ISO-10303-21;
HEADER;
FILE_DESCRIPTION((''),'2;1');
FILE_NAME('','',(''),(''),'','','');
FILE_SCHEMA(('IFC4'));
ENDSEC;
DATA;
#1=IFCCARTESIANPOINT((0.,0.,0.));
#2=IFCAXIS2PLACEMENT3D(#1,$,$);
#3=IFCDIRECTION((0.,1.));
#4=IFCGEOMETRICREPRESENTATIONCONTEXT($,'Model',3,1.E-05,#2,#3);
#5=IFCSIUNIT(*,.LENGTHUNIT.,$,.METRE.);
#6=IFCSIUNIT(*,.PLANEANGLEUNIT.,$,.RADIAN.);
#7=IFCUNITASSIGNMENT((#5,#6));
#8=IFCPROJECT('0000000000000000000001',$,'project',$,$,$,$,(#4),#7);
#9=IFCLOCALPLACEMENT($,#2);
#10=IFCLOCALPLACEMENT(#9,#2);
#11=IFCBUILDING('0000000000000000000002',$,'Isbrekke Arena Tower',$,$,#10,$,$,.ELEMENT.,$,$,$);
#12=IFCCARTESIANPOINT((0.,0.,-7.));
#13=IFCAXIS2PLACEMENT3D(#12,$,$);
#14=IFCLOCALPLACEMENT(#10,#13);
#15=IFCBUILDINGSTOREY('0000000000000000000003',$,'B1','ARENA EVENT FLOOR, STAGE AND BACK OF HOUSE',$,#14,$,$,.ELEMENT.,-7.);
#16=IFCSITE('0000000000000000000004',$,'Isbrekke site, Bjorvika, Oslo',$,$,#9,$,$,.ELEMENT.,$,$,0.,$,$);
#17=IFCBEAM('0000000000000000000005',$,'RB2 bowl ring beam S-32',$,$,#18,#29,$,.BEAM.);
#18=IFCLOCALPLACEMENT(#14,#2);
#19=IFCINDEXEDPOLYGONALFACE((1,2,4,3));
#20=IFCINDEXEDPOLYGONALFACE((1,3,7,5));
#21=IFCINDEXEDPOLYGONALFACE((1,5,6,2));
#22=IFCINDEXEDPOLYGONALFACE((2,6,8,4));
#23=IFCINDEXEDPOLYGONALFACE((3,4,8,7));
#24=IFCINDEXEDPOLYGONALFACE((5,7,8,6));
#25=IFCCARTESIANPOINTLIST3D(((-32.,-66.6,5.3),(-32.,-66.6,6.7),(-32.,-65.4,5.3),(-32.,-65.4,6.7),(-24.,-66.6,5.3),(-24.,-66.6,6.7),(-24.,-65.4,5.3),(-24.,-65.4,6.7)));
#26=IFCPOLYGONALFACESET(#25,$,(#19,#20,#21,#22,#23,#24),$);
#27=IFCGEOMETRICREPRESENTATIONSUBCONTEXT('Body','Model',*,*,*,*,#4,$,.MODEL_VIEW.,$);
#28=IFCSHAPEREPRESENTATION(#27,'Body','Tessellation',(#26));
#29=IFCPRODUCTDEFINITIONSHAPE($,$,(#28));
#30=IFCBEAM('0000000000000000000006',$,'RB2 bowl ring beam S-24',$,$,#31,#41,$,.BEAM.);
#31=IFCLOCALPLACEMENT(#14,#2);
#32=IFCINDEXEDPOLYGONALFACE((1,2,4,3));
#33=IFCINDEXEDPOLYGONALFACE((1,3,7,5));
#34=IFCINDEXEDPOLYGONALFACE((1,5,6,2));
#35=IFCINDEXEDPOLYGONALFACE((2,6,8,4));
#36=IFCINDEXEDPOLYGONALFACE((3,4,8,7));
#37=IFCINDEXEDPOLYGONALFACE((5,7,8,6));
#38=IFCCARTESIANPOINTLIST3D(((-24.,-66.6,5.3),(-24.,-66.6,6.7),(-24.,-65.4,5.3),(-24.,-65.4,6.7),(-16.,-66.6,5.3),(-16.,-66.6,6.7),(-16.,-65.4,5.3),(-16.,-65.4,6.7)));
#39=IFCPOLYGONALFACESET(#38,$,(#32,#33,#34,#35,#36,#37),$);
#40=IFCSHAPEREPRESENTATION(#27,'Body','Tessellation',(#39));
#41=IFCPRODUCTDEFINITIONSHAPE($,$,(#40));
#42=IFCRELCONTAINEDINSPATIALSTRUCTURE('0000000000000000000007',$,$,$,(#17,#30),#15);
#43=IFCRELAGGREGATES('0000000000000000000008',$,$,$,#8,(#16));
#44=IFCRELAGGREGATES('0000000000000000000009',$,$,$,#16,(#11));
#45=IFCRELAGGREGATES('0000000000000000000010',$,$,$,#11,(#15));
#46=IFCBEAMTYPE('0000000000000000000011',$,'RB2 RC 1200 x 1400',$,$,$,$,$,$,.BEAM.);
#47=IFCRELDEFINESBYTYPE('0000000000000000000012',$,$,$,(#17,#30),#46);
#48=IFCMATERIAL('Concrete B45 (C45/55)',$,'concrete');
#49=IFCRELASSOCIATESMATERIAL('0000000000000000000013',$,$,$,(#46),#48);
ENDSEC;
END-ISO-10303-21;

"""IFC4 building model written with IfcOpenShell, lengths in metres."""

from ifc_helpers import new_model, si_unit, direction, frame, origin, origin_2d, place, context, subcontext, project, spatial, rectangle, extrude, material, material_profile, profile_set, type_object, element, save


model = new_model("IFC4")

# Units and contexts
model_context = context("Model", 3, precision=1e-05, world=origin(), true_north=direction((0.0, 1.0)))
body_context = subcontext(model_context, "Body", "Model", "MODEL_VIEW")
ifc_project = project(units=[si_unit("LENGTHUNIT", "METRE"), si_unit("PLANEANGLEUNIT", "RADIAN")], contexts=[model_context])

# Site, building, storey
site_placement = place(None, origin())
site = spatial("IfcSite", under=ifc_project, at=site_placement, Name="Isbrekke site, Bjorvika, Oslo", CompositionType="ELEMENT", RefElevation=0.0)
building_placement = place(site_placement, origin())
building = spatial("IfcBuilding", under=site, at=building_placement, Name="Isbrekke Arena Tower", CompositionType="ELEMENT")
storey_placement = place(building_placement, frame((0.0, 0.0, -7.0)))
storey = spatial("IfcBuildingStorey", under=building, at=storey_placement, Name="B1", Description="ARENA EVENT FLOOR, STAGE AND BACK OF HOUSE", CompositionType="ELEMENT", Elevation=-7.0)

# Beams
ifc_material_1 = material(Name="Concrete B45 (C45/55)", Category="concrete")
ifc_material_profile_1 = material_profile(ifc_material_1, rectangle(XDim=1.2, YDim=1.3999, at=origin_2d()), Name="RC 1200x1400")
ifc_profile_set_1 = profile_set([ifc_material_profile_1], Name="Concrete B45 (C45/55)")
beam_type_1 = type_object("IfcBeamType", Name="RB2 RC 1200 x 1400", PredefinedType="BEAM", material=ifc_profile_set_1)
for number, where, z_axis, x_axis, name in (
    (1, (-32.0, -66.0, 6.0), (1.0, 0.0, 0.0), (0.0, 1.0, 0.0), "RB2 bowl ring beam S-32"),
    (2, (-24.0, -66.0, 6.0), (1.0, 0.0, 0.0), (0.0, 1.0, 0.0), "RB2 bowl ring beam S-24"),
):
    element("IfcBeam", number, at=place(storey_placement, frame(where, z_axis=z_axis, x_axis=x_axis)), inside=storey, type_object=beam_type_1, Name=name, PredefinedType="BEAM", context=body_context, shape_type="SweptSolid", body=[
        extrude(rectangle(XDim=1.2, YDim=1.3999, at=origin_2d()), origin(), (0.0, 0.0, 1.0), 8.0),
    ])

save(model, "model.ifc")
